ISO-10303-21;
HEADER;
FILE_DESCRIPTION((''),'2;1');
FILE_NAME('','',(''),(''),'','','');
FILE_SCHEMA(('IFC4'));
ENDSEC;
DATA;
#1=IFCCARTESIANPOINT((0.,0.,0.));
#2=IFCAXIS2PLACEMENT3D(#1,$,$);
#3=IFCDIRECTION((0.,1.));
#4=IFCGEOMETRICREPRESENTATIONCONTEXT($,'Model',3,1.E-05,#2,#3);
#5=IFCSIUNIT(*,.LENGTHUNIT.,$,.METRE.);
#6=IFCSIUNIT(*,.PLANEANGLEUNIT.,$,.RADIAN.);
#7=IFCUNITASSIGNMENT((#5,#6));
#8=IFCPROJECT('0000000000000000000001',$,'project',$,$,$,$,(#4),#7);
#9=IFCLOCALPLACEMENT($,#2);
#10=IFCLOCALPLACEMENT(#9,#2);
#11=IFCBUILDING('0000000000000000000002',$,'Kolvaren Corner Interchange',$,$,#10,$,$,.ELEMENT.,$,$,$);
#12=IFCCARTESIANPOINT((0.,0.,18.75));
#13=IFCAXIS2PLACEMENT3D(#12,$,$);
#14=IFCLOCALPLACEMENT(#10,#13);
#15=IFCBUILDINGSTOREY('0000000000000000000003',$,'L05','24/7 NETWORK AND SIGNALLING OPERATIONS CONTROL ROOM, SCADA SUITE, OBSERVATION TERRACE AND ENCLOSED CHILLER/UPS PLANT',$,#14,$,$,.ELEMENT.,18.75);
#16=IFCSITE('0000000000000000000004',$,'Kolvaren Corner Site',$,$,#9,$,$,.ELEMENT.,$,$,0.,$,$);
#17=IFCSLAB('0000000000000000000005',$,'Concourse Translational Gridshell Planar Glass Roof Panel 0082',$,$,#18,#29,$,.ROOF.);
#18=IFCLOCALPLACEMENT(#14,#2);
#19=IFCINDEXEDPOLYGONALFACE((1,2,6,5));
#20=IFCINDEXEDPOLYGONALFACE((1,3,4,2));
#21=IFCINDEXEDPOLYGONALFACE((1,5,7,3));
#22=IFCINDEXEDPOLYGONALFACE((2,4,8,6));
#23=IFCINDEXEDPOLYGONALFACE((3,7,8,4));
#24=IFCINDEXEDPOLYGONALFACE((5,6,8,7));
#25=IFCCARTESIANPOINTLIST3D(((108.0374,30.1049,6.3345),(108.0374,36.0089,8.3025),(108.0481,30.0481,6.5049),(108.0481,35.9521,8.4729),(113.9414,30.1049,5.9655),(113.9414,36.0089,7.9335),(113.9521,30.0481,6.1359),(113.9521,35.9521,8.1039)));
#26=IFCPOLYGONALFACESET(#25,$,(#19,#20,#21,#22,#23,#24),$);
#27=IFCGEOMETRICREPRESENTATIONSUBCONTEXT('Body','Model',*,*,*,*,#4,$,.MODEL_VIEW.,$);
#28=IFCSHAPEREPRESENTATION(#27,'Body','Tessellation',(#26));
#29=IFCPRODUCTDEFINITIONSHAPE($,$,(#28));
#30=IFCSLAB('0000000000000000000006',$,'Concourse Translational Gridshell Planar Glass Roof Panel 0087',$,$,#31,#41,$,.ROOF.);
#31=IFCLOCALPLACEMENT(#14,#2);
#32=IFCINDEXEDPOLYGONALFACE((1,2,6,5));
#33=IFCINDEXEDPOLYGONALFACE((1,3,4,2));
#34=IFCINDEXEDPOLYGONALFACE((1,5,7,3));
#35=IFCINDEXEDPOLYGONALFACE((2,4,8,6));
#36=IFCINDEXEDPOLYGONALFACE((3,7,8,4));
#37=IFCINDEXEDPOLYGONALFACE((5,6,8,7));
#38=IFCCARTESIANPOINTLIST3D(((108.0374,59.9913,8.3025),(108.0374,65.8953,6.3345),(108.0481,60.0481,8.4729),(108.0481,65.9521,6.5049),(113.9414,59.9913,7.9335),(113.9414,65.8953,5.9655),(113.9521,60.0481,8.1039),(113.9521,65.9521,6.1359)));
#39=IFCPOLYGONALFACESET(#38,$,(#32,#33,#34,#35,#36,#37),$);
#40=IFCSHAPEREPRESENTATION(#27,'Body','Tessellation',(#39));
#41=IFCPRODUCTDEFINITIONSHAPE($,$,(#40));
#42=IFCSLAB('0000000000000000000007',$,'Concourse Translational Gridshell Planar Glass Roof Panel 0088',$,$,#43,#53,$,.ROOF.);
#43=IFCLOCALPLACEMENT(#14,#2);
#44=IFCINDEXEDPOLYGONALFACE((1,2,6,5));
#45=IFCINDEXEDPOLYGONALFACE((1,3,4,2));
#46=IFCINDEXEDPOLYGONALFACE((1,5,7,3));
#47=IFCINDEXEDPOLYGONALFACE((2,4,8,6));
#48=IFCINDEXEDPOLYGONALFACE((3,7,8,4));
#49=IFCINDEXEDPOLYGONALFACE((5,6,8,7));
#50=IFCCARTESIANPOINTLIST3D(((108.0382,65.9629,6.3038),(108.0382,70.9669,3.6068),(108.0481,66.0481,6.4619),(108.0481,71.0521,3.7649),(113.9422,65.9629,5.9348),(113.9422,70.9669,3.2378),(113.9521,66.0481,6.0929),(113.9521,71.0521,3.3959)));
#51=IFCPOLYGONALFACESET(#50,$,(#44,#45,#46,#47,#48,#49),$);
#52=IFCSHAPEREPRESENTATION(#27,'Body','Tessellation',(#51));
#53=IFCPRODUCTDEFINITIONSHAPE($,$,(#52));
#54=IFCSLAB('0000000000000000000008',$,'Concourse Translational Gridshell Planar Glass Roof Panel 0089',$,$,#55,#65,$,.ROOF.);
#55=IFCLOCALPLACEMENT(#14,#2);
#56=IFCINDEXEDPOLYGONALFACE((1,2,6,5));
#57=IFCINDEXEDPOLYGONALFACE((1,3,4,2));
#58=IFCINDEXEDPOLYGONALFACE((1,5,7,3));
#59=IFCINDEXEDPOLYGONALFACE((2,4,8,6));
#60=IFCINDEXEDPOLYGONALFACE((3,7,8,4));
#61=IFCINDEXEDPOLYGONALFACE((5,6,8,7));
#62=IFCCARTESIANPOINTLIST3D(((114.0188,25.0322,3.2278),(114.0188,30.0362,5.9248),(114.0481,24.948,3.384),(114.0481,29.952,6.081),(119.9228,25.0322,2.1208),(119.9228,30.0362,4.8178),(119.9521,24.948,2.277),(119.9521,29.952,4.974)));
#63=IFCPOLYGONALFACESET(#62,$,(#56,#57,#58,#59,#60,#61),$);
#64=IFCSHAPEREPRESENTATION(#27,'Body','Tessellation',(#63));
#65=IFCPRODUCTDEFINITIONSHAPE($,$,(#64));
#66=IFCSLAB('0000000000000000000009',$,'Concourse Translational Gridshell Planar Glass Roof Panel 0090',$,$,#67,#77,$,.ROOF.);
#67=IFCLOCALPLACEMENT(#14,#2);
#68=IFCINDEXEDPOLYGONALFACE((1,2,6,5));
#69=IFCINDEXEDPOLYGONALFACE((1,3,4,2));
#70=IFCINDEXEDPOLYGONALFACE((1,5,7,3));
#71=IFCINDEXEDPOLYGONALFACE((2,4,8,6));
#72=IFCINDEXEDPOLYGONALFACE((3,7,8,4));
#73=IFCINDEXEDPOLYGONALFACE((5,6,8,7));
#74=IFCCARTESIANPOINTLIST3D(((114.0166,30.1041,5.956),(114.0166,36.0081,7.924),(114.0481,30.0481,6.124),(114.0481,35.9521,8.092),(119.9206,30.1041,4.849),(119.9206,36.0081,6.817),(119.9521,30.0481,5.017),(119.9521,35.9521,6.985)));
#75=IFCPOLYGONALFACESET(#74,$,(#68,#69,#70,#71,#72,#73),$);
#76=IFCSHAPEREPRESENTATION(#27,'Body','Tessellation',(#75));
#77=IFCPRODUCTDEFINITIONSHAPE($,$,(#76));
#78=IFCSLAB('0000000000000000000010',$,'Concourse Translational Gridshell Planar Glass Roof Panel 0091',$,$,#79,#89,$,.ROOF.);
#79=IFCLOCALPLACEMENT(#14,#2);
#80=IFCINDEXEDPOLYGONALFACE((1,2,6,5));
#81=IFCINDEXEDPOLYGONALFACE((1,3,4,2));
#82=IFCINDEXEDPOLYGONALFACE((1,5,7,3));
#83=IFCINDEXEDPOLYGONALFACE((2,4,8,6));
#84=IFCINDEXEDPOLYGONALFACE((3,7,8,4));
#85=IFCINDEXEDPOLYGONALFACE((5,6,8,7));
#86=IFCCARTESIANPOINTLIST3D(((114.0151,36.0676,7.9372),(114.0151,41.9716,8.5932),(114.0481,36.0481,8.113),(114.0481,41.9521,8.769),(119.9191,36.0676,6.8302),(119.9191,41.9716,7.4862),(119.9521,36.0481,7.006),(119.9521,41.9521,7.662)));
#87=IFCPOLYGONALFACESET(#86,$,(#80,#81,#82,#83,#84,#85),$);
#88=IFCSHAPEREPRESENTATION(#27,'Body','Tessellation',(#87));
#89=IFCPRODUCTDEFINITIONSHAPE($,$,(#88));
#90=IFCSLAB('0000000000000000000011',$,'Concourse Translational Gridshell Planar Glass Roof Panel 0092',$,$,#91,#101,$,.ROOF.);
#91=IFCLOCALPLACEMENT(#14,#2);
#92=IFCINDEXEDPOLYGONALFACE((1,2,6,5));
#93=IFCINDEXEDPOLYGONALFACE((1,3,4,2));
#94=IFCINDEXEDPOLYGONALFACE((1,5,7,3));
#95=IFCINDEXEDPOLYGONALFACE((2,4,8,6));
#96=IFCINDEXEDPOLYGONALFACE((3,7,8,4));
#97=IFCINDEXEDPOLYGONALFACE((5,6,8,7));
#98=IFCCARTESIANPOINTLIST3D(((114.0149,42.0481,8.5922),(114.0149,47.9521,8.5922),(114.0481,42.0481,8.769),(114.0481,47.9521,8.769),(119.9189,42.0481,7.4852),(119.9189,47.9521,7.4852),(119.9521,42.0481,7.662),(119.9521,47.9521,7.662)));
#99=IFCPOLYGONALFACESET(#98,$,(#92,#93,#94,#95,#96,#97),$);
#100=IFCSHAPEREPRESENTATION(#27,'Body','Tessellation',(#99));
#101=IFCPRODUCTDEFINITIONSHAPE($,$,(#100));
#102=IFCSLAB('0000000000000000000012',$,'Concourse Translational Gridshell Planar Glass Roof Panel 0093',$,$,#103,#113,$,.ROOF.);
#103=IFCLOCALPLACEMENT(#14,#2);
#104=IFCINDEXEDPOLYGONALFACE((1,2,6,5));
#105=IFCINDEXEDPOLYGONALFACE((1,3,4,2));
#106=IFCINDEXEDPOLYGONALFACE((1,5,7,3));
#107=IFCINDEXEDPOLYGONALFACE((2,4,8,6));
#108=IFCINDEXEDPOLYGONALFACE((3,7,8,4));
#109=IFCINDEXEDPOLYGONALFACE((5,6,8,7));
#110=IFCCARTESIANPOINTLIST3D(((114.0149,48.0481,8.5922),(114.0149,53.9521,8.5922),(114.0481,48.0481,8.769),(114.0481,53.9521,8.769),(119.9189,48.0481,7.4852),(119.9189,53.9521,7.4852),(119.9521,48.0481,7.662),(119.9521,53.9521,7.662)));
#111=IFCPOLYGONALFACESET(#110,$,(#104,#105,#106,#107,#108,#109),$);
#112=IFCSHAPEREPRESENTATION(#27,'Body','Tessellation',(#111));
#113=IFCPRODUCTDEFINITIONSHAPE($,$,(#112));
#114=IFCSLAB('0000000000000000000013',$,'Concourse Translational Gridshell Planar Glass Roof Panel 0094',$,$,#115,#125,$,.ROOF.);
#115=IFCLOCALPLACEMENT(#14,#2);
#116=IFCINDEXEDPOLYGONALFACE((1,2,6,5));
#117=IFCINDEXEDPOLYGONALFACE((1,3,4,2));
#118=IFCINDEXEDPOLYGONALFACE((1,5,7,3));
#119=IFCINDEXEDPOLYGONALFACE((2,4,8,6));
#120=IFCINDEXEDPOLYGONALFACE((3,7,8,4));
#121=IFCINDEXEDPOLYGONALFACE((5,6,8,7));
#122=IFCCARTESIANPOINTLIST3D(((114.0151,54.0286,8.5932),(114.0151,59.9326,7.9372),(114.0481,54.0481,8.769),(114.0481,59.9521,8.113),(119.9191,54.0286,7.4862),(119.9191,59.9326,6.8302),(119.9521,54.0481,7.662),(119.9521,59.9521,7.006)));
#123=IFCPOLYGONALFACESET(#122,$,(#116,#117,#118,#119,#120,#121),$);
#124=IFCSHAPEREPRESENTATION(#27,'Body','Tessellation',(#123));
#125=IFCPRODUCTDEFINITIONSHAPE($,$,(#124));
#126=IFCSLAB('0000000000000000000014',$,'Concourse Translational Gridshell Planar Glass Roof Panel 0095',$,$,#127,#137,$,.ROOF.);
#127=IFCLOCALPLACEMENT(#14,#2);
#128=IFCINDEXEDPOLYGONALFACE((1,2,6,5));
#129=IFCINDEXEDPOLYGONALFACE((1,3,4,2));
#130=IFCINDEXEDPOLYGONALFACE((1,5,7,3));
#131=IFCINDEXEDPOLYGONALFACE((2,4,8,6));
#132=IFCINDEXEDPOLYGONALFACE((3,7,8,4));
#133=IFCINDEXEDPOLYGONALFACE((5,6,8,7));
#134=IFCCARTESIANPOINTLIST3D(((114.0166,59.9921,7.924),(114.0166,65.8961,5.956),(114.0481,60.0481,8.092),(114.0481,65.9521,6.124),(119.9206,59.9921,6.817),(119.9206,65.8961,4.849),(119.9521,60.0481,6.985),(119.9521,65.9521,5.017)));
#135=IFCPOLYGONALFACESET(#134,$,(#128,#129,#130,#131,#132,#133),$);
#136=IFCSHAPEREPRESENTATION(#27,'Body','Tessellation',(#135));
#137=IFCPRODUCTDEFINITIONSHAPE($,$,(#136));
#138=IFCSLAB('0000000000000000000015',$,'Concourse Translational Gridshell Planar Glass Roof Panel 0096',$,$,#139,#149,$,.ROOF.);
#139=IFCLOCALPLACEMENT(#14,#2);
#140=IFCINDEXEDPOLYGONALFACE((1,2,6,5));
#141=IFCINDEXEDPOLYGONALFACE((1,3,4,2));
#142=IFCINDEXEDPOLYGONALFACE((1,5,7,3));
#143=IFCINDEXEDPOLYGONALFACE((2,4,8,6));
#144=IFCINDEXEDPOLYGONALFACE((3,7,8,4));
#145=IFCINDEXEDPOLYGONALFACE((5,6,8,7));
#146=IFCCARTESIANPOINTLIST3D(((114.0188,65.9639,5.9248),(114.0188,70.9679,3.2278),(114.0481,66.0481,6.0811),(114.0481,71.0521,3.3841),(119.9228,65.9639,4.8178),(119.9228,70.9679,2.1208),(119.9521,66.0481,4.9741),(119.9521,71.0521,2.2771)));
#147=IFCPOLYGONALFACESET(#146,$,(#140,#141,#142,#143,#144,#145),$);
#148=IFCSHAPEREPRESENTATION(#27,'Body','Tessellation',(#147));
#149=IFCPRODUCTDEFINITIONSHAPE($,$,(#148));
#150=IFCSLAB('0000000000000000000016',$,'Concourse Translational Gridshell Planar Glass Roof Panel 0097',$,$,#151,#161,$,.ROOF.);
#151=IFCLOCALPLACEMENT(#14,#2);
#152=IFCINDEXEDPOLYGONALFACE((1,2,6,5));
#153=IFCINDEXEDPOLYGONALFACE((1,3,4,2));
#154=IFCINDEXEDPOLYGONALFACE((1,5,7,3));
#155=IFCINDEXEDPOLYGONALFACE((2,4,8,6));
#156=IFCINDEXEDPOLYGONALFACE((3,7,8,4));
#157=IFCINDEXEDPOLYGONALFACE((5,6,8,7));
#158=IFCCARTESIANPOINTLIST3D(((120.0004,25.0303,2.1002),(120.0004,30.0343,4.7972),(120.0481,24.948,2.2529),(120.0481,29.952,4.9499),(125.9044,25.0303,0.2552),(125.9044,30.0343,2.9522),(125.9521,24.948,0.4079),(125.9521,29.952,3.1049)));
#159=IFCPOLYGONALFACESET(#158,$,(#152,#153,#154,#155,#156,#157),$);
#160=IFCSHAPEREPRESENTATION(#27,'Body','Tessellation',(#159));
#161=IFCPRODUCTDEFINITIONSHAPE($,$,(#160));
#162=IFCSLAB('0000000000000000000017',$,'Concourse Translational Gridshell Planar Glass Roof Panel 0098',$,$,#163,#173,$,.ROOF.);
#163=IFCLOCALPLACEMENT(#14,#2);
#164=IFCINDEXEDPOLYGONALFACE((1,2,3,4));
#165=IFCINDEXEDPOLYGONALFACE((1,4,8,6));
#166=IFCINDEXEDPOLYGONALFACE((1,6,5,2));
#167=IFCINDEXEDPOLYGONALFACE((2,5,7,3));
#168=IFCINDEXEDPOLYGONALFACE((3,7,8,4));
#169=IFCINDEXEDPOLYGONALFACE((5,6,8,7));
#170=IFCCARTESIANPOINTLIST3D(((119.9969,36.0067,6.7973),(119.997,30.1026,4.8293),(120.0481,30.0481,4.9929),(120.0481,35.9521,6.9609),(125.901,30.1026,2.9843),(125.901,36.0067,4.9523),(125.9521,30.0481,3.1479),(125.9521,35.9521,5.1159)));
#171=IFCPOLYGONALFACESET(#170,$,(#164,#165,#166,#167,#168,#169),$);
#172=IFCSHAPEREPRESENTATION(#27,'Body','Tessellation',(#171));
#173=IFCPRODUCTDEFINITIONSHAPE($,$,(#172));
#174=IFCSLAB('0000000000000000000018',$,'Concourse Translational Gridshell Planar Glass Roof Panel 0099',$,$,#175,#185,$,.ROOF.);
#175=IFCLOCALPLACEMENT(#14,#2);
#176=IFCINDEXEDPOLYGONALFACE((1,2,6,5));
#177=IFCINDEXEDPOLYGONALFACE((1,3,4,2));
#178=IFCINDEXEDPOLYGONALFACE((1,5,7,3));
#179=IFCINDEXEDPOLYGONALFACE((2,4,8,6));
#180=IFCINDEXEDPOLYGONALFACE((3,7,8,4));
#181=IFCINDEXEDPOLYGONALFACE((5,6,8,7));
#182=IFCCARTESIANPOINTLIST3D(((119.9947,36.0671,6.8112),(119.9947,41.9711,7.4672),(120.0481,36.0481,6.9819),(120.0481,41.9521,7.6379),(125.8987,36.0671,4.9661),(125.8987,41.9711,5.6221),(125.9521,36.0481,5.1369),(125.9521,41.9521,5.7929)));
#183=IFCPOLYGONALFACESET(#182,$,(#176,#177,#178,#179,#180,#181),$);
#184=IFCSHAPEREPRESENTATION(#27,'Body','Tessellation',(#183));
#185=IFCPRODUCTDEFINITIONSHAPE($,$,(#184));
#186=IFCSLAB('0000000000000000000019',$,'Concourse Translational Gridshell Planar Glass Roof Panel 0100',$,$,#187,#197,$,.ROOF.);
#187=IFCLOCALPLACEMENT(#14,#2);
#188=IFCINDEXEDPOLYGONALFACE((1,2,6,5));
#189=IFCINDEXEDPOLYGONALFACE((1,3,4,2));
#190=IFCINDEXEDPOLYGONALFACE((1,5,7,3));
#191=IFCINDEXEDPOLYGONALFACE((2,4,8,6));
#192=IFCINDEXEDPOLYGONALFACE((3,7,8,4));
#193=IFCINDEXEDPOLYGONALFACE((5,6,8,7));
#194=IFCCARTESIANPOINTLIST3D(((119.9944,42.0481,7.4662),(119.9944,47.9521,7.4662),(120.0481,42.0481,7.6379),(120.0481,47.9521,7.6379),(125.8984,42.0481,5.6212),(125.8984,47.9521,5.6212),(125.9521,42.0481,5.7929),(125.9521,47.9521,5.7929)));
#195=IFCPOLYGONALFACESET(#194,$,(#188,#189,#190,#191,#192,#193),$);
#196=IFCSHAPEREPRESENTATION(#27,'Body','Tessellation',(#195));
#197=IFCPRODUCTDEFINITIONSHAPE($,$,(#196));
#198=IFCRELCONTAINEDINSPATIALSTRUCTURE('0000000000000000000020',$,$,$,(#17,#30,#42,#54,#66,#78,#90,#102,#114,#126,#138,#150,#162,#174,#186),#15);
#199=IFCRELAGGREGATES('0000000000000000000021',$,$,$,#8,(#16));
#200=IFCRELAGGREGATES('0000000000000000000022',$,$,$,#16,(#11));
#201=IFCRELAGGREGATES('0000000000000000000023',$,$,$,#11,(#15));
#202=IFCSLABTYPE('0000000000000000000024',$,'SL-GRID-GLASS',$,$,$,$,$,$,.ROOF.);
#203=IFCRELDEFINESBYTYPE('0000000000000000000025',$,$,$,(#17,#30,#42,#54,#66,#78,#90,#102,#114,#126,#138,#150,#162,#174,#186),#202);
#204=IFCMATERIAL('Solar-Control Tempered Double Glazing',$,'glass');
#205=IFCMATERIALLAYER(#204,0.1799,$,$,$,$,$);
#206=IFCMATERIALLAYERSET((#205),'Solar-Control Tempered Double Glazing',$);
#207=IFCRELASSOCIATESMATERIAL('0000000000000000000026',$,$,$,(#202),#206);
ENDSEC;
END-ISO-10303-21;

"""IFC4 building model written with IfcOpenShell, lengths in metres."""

from ifc_helpers import new_model, si_unit, direction, frame, origin, place, context, subcontext, project, spatial, polyline, outline, extrude, material, layer, layer_set, type_object, element, save


model = new_model("IFC4")

# Units and contexts
model_context = context("Model", 3, precision=1e-05, world=origin(), true_north=direction((0.0, 1.0)))
body_context = subcontext(model_context, "Body", "Model", "MODEL_VIEW")
ifc_project = project(units=[si_unit("LENGTHUNIT", "METRE"), si_unit("PLANEANGLEUNIT", "RADIAN")], contexts=[model_context])

# Site, building, storey
site_placement = place(None, origin())
site = spatial("IfcSite", under=ifc_project, at=site_placement, Name="Kolvaren Corner Site", CompositionType="ELEMENT", RefElevation=0.0)
building_placement = place(site_placement, origin())
building = spatial("IfcBuilding", under=site, at=building_placement, Name="Kolvaren Corner Interchange", CompositionType="ELEMENT")
storey_placement = place(building_placement, frame((0.0, 0.0, 18.75)))
storey = spatial("IfcBuildingStorey", under=building, at=storey_placement, Name="L05", Description="24/7 NETWORK AND SIGNALLING OPERATIONS CONTROL ROOM, SCADA SUITE, OBSERVATION TERRACE AND ENCLOSED CHILLER/UPS PLANT", CompositionType="ELEMENT", Elevation=18.75)

# Slabs
ifc_material = material(Name="Solar-Control Tempered Double Glazing", Category="glass")
ifc_layer = layer(ifc_material, 0.1799)
ifc_layer_set = layer_set([ifc_layer], Name="Solar-Control Tempered Double Glazing")
slab_type = type_object("IfcSlabType", Name="SL-GRID-GLASS", PredefinedType="ROOF", material=ifc_layer_set)
slab_1_placement = place(storey_placement, frame((108.0481, 30.0481, 6.5049), z_axis=(0.059189, -0.315673, 0.94702), x_axis=(0.998053, 0.0, -0.062378)))
element("IfcSlab", 1, at=slab_1_placement, inside=storey, type_object=slab_type, Name="Concourse Translational Gridshell Planar Glass Roof Panel 0082", PredefinedType="ROOF", context=body_context, shape_type="SweptSolid", body=[
    extrude(outline(polyline([(0.0, 0.0), (5.9155, 0.0), (5.7928, 6.2222), (-0.1228, 6.2222), (0.0, 0.0)])), origin(), (0.0, 0.0, -1.0), 0.1799),
])
slab_2_placement = place(storey_placement, frame((108.0481, 60.0481, 8.4729), z_axis=(0.059189, 0.315673, 0.94702), x_axis=(0.998053, 0.0, -0.062378)))
element("IfcSlab", 2, at=slab_2_placement, inside=storey, type_object=slab_type, Name="Concourse Translational Gridshell Planar Glass Roof Panel 0087", PredefinedType="ROOF", context=body_context, shape_type="SweptSolid", body=[
    extrude(outline(polyline([(0.0, 0.0), (5.9155, 0.0), (6.0383, 6.2222), (0.1228, 6.2222), (0.0, 0.0)])), origin(), (0.0, 0.0, -1.0), 0.1799),
])
slab_3_placement = place(storey_placement, frame((108.0481, 66.0481, 6.4619), z_axis=(0.054935, 0.47373, 0.878955), x_axis=(0.998053, 0.0, -0.062378)))
element("IfcSlab", 3, at=slab_3_placement, inside=storey, type_object=slab_type, Name="Concourse Translational Gridshell Planar Glass Roof Panel 0088", PredefinedType="ROOF", context=body_context, shape_type="SweptSolid", body=[
    extrude(outline(polyline([(0.0, 0.0), (5.9155, 0.0), (6.0838, 5.682), (0.1682, 5.682), (0.0, 0.0)])), origin(), (0.0, 0.0, -1.0), 0.1799),
])
slab_4_placement = place(storey_placement, frame((114.0481, 24.948, 3.384), z_axis=(0.16285, -0.468113, 0.868534), x_axis=(0.982872, 0.0, -0.184289)))
element("IfcSlab", 4, at=slab_4_placement, inside=storey, type_object=slab_type, Name="Concourse Translational Gridshell Planar Glass Roof Panel 0089", PredefinedType="ROOF", context=body_context, shape_type="SweptSolid", body=[
    extrude(outline(polyline([(0.0, 0.0), (6.0069, 0.0), (5.5099, 5.6627), (-0.497, 5.6627), (0.0, 0.0)])), origin(), (0.0, 0.0, -1.0), 0.1799),
])
slab_5_placement = place(storey_placement, frame((114.0481, 30.0481, 6.124), z_axis=(0.175129, -0.311341, 0.934022), x_axis=(0.982872, 0.0, -0.184289)))
element("IfcSlab", 5, at=slab_5_placement, inside=storey, type_object=slab_type, Name="Concourse Translational Gridshell Planar Glass Roof Panel 0090", PredefinedType="ROOF", context=body_context, shape_type="SweptSolid", body=[
    extrude(outline(polyline([(0.0, 0.0), (6.0069, 0.0), (5.6442, 6.2128), (-0.3627, 6.2128), (0.0, 0.0)])), origin(), (0.0, 0.0, -1.0), 0.1799),
])
slab_6_placement = place(storey_placement, frame((114.0481, 36.0481, 8.113), z_axis=(0.183199, -0.108563, 0.977063), x_axis=(0.982872, 0.0, -0.184289)))
element("IfcSlab", 6, at=slab_6_placement, inside=storey, type_object=slab_type, Name="Concourse Translational Gridshell Planar Glass Roof Panel 0091", PredefinedType="ROOF", context=body_context, shape_type="SweptSolid", body=[
    extrude(outline(polyline([(0.0, 0.0), (6.0069, 0.0), (5.886, 5.9391), (-0.1209, 5.9391), (0.0, 0.0)])), origin(), (0.0, 0.0, -1.0), 0.1799),
])
for number, where, z_axis, x_axis, name in (
    (7, (114.0481, 42.0481, 8.769), (0.184289, 0.0, 0.982872), (0.982872, 0.0, -0.184289), "Concourse Translational Gridshell Planar Glass Roof Panel 0092"),
    (8, (114.0481, 48.0481, 8.769), (0.184289, 0.0, 0.982872), (0.982872, 0.0, -0.184289), "Concourse Translational Gridshell Planar Glass Roof Panel 0093"),
):
    element("IfcSlab", number, at=place(storey_placement, frame(where, z_axis=z_axis, x_axis=x_axis)), inside=storey, type_object=slab_type, Name=name, PredefinedType="ROOF", context=body_context, shape_type="SweptSolid", body=[
        extrude(outline(polyline([(0.0, 0.0), (6.0069, 0.0), (6.0069, 5.904), (0.0, 5.904), (0.0, 0.0)])), origin(), (0.0, 0.0, -1.0), 0.1799),
    ])
slab_7_placement = place(storey_placement, frame((114.0481, 54.0481, 8.769), z_axis=(0.183199, 0.108563, 0.977063), x_axis=(0.982872, 0.0, -0.184289)))
element("IfcSlab", 9, at=slab_7_placement, inside=storey, type_object=slab_type, Name="Concourse Translational Gridshell Planar Glass Roof Panel 0094", PredefinedType="ROOF", context=body_context, shape_type="SweptSolid", body=[
    extrude(outline(polyline([(0.0, 0.0), (6.0069, 0.0), (6.1278, 5.9391), (0.1209, 5.9391), (0.0, 0.0)])), origin(), (0.0, 0.0, -1.0), 0.1799),
])
slab_8_placement = place(storey_placement, frame((114.0481, 60.0481, 8.092), z_axis=(0.175129, 0.311341, 0.934022), x_axis=(0.982872, 0.0, -0.184289)))
element("IfcSlab", 10, at=slab_8_placement, inside=storey, type_object=slab_type, Name="Concourse Translational Gridshell Planar Glass Roof Panel 0095", PredefinedType="ROOF", context=body_context, shape_type="SweptSolid", body=[
    extrude(outline(polyline([(0.0, 0.0), (6.0069, 0.0), (6.3696, 6.2128), (0.3627, 6.2128), (0.0, 0.0)])), origin(), (0.0, 0.0, -1.0), 0.1799),
])
slab_9_placement = place(storey_placement, frame((114.0481, 66.0481, 6.0811), z_axis=(0.16285, 0.468113, 0.868534), x_axis=(0.982872, 0.0, -0.184289)))
element("IfcSlab", 11, at=slab_9_placement, inside=storey, type_object=slab_type, Name="Concourse Translational Gridshell Planar Glass Roof Panel 0096", PredefinedType="ROOF", context=body_context, shape_type="SweptSolid", body=[
    extrude(outline(polyline([(0.0, 0.0), (6.0069, 0.0), (6.5039, 5.6627), (0.497, 5.6627), (0.0, 0.0)])), origin(), (0.0, 0.0, -1.0), 0.1799),
])
slab_10_placement = place(storey_placement, frame((120.0481, 24.948, 2.2529), z_axis=(0.265236, -0.457453, 0.848756), x_axis=(0.95448, 0.0, -0.298275)))
element("IfcSlab", 12, at=slab_10_placement, inside=storey, type_object=slab_type, Name="Concourse Translational Gridshell Planar Glass Roof Panel 0097", PredefinedType="ROOF", context=body_context, shape_type="SweptSolid", body=[
    extrude(outline(polyline([(0.0, 0.0), (6.1856, 0.0), (5.3811, 5.6273), (-0.8044, 5.6273), (0.0, 0.0)])), origin(), (0.0, 0.0, -1.0), 0.1799),
])
slab_11_placement = place(storey_placement, frame((120.0481, 30.0481, 4.9929), z_axis=(0.284236, -0.303185, 0.909554), x_axis=(0.95448, 0.0, -0.298275)))
element("IfcSlab", 13, at=slab_11_placement, inside=storey, type_object=slab_type, Name="Concourse Translational Gridshell Planar Glass Roof Panel 0098", PredefinedType="ROOF", context=body_context, shape_type="SweptSolid", body=[
    extrude(outline(polyline([(0.0, 0.0), (6.1856, 0.0), (5.5986, 6.1956), (-0.587, 6.1956), (0.0, 0.0)])), origin(), (0.0, 0.0, -1.0), 0.1799),
])
slab_12_placement = place(storey_placement, frame((120.0481, 36.0481, 6.9819), z_axis=(0.296612, -0.105462, 0.949157), x_axis=(0.95448, 0.0, -0.298275)))
element("IfcSlab", 14, at=slab_12_placement, inside=storey, type_object=slab_type, Name="Concourse Translational Gridshell Planar Glass Roof Panel 0099", PredefinedType="ROOF", context=body_context, shape_type="SweptSolid", body=[
    extrude(outline(polyline([(0.0, 0.0), (6.1856, 0.0), (5.9899, 5.9371), (-0.1957, 5.9371), (0.0, 0.0)])), origin(), (0.0, 0.0, -1.0), 0.1799),
])
for number, where, z_axis, x_axis, name in (
    (15, (120.0481, 42.0481, 7.6379), (0.298275, 0.0, 0.95448), (0.95448, 0.0, -0.298275), "Concourse Translational Gridshell Planar Glass Roof Panel 0100"),
):
    element("IfcSlab", number, at=place(storey_placement, frame(where, z_axis=z_axis, x_axis=x_axis)), inside=storey, type_object=slab_type, Name=name, PredefinedType="ROOF", context=body_context, shape_type="SweptSolid", body=[
        extrude(outline(polyline([(0.0, 0.0), (6.1856, 0.0), (6.1856, 5.904), (0.0, 5.904), (0.0, 0.0)])), origin(), (0.0, 0.0, -1.0), 0.1799),
    ])

save(model, "model.ifc")
